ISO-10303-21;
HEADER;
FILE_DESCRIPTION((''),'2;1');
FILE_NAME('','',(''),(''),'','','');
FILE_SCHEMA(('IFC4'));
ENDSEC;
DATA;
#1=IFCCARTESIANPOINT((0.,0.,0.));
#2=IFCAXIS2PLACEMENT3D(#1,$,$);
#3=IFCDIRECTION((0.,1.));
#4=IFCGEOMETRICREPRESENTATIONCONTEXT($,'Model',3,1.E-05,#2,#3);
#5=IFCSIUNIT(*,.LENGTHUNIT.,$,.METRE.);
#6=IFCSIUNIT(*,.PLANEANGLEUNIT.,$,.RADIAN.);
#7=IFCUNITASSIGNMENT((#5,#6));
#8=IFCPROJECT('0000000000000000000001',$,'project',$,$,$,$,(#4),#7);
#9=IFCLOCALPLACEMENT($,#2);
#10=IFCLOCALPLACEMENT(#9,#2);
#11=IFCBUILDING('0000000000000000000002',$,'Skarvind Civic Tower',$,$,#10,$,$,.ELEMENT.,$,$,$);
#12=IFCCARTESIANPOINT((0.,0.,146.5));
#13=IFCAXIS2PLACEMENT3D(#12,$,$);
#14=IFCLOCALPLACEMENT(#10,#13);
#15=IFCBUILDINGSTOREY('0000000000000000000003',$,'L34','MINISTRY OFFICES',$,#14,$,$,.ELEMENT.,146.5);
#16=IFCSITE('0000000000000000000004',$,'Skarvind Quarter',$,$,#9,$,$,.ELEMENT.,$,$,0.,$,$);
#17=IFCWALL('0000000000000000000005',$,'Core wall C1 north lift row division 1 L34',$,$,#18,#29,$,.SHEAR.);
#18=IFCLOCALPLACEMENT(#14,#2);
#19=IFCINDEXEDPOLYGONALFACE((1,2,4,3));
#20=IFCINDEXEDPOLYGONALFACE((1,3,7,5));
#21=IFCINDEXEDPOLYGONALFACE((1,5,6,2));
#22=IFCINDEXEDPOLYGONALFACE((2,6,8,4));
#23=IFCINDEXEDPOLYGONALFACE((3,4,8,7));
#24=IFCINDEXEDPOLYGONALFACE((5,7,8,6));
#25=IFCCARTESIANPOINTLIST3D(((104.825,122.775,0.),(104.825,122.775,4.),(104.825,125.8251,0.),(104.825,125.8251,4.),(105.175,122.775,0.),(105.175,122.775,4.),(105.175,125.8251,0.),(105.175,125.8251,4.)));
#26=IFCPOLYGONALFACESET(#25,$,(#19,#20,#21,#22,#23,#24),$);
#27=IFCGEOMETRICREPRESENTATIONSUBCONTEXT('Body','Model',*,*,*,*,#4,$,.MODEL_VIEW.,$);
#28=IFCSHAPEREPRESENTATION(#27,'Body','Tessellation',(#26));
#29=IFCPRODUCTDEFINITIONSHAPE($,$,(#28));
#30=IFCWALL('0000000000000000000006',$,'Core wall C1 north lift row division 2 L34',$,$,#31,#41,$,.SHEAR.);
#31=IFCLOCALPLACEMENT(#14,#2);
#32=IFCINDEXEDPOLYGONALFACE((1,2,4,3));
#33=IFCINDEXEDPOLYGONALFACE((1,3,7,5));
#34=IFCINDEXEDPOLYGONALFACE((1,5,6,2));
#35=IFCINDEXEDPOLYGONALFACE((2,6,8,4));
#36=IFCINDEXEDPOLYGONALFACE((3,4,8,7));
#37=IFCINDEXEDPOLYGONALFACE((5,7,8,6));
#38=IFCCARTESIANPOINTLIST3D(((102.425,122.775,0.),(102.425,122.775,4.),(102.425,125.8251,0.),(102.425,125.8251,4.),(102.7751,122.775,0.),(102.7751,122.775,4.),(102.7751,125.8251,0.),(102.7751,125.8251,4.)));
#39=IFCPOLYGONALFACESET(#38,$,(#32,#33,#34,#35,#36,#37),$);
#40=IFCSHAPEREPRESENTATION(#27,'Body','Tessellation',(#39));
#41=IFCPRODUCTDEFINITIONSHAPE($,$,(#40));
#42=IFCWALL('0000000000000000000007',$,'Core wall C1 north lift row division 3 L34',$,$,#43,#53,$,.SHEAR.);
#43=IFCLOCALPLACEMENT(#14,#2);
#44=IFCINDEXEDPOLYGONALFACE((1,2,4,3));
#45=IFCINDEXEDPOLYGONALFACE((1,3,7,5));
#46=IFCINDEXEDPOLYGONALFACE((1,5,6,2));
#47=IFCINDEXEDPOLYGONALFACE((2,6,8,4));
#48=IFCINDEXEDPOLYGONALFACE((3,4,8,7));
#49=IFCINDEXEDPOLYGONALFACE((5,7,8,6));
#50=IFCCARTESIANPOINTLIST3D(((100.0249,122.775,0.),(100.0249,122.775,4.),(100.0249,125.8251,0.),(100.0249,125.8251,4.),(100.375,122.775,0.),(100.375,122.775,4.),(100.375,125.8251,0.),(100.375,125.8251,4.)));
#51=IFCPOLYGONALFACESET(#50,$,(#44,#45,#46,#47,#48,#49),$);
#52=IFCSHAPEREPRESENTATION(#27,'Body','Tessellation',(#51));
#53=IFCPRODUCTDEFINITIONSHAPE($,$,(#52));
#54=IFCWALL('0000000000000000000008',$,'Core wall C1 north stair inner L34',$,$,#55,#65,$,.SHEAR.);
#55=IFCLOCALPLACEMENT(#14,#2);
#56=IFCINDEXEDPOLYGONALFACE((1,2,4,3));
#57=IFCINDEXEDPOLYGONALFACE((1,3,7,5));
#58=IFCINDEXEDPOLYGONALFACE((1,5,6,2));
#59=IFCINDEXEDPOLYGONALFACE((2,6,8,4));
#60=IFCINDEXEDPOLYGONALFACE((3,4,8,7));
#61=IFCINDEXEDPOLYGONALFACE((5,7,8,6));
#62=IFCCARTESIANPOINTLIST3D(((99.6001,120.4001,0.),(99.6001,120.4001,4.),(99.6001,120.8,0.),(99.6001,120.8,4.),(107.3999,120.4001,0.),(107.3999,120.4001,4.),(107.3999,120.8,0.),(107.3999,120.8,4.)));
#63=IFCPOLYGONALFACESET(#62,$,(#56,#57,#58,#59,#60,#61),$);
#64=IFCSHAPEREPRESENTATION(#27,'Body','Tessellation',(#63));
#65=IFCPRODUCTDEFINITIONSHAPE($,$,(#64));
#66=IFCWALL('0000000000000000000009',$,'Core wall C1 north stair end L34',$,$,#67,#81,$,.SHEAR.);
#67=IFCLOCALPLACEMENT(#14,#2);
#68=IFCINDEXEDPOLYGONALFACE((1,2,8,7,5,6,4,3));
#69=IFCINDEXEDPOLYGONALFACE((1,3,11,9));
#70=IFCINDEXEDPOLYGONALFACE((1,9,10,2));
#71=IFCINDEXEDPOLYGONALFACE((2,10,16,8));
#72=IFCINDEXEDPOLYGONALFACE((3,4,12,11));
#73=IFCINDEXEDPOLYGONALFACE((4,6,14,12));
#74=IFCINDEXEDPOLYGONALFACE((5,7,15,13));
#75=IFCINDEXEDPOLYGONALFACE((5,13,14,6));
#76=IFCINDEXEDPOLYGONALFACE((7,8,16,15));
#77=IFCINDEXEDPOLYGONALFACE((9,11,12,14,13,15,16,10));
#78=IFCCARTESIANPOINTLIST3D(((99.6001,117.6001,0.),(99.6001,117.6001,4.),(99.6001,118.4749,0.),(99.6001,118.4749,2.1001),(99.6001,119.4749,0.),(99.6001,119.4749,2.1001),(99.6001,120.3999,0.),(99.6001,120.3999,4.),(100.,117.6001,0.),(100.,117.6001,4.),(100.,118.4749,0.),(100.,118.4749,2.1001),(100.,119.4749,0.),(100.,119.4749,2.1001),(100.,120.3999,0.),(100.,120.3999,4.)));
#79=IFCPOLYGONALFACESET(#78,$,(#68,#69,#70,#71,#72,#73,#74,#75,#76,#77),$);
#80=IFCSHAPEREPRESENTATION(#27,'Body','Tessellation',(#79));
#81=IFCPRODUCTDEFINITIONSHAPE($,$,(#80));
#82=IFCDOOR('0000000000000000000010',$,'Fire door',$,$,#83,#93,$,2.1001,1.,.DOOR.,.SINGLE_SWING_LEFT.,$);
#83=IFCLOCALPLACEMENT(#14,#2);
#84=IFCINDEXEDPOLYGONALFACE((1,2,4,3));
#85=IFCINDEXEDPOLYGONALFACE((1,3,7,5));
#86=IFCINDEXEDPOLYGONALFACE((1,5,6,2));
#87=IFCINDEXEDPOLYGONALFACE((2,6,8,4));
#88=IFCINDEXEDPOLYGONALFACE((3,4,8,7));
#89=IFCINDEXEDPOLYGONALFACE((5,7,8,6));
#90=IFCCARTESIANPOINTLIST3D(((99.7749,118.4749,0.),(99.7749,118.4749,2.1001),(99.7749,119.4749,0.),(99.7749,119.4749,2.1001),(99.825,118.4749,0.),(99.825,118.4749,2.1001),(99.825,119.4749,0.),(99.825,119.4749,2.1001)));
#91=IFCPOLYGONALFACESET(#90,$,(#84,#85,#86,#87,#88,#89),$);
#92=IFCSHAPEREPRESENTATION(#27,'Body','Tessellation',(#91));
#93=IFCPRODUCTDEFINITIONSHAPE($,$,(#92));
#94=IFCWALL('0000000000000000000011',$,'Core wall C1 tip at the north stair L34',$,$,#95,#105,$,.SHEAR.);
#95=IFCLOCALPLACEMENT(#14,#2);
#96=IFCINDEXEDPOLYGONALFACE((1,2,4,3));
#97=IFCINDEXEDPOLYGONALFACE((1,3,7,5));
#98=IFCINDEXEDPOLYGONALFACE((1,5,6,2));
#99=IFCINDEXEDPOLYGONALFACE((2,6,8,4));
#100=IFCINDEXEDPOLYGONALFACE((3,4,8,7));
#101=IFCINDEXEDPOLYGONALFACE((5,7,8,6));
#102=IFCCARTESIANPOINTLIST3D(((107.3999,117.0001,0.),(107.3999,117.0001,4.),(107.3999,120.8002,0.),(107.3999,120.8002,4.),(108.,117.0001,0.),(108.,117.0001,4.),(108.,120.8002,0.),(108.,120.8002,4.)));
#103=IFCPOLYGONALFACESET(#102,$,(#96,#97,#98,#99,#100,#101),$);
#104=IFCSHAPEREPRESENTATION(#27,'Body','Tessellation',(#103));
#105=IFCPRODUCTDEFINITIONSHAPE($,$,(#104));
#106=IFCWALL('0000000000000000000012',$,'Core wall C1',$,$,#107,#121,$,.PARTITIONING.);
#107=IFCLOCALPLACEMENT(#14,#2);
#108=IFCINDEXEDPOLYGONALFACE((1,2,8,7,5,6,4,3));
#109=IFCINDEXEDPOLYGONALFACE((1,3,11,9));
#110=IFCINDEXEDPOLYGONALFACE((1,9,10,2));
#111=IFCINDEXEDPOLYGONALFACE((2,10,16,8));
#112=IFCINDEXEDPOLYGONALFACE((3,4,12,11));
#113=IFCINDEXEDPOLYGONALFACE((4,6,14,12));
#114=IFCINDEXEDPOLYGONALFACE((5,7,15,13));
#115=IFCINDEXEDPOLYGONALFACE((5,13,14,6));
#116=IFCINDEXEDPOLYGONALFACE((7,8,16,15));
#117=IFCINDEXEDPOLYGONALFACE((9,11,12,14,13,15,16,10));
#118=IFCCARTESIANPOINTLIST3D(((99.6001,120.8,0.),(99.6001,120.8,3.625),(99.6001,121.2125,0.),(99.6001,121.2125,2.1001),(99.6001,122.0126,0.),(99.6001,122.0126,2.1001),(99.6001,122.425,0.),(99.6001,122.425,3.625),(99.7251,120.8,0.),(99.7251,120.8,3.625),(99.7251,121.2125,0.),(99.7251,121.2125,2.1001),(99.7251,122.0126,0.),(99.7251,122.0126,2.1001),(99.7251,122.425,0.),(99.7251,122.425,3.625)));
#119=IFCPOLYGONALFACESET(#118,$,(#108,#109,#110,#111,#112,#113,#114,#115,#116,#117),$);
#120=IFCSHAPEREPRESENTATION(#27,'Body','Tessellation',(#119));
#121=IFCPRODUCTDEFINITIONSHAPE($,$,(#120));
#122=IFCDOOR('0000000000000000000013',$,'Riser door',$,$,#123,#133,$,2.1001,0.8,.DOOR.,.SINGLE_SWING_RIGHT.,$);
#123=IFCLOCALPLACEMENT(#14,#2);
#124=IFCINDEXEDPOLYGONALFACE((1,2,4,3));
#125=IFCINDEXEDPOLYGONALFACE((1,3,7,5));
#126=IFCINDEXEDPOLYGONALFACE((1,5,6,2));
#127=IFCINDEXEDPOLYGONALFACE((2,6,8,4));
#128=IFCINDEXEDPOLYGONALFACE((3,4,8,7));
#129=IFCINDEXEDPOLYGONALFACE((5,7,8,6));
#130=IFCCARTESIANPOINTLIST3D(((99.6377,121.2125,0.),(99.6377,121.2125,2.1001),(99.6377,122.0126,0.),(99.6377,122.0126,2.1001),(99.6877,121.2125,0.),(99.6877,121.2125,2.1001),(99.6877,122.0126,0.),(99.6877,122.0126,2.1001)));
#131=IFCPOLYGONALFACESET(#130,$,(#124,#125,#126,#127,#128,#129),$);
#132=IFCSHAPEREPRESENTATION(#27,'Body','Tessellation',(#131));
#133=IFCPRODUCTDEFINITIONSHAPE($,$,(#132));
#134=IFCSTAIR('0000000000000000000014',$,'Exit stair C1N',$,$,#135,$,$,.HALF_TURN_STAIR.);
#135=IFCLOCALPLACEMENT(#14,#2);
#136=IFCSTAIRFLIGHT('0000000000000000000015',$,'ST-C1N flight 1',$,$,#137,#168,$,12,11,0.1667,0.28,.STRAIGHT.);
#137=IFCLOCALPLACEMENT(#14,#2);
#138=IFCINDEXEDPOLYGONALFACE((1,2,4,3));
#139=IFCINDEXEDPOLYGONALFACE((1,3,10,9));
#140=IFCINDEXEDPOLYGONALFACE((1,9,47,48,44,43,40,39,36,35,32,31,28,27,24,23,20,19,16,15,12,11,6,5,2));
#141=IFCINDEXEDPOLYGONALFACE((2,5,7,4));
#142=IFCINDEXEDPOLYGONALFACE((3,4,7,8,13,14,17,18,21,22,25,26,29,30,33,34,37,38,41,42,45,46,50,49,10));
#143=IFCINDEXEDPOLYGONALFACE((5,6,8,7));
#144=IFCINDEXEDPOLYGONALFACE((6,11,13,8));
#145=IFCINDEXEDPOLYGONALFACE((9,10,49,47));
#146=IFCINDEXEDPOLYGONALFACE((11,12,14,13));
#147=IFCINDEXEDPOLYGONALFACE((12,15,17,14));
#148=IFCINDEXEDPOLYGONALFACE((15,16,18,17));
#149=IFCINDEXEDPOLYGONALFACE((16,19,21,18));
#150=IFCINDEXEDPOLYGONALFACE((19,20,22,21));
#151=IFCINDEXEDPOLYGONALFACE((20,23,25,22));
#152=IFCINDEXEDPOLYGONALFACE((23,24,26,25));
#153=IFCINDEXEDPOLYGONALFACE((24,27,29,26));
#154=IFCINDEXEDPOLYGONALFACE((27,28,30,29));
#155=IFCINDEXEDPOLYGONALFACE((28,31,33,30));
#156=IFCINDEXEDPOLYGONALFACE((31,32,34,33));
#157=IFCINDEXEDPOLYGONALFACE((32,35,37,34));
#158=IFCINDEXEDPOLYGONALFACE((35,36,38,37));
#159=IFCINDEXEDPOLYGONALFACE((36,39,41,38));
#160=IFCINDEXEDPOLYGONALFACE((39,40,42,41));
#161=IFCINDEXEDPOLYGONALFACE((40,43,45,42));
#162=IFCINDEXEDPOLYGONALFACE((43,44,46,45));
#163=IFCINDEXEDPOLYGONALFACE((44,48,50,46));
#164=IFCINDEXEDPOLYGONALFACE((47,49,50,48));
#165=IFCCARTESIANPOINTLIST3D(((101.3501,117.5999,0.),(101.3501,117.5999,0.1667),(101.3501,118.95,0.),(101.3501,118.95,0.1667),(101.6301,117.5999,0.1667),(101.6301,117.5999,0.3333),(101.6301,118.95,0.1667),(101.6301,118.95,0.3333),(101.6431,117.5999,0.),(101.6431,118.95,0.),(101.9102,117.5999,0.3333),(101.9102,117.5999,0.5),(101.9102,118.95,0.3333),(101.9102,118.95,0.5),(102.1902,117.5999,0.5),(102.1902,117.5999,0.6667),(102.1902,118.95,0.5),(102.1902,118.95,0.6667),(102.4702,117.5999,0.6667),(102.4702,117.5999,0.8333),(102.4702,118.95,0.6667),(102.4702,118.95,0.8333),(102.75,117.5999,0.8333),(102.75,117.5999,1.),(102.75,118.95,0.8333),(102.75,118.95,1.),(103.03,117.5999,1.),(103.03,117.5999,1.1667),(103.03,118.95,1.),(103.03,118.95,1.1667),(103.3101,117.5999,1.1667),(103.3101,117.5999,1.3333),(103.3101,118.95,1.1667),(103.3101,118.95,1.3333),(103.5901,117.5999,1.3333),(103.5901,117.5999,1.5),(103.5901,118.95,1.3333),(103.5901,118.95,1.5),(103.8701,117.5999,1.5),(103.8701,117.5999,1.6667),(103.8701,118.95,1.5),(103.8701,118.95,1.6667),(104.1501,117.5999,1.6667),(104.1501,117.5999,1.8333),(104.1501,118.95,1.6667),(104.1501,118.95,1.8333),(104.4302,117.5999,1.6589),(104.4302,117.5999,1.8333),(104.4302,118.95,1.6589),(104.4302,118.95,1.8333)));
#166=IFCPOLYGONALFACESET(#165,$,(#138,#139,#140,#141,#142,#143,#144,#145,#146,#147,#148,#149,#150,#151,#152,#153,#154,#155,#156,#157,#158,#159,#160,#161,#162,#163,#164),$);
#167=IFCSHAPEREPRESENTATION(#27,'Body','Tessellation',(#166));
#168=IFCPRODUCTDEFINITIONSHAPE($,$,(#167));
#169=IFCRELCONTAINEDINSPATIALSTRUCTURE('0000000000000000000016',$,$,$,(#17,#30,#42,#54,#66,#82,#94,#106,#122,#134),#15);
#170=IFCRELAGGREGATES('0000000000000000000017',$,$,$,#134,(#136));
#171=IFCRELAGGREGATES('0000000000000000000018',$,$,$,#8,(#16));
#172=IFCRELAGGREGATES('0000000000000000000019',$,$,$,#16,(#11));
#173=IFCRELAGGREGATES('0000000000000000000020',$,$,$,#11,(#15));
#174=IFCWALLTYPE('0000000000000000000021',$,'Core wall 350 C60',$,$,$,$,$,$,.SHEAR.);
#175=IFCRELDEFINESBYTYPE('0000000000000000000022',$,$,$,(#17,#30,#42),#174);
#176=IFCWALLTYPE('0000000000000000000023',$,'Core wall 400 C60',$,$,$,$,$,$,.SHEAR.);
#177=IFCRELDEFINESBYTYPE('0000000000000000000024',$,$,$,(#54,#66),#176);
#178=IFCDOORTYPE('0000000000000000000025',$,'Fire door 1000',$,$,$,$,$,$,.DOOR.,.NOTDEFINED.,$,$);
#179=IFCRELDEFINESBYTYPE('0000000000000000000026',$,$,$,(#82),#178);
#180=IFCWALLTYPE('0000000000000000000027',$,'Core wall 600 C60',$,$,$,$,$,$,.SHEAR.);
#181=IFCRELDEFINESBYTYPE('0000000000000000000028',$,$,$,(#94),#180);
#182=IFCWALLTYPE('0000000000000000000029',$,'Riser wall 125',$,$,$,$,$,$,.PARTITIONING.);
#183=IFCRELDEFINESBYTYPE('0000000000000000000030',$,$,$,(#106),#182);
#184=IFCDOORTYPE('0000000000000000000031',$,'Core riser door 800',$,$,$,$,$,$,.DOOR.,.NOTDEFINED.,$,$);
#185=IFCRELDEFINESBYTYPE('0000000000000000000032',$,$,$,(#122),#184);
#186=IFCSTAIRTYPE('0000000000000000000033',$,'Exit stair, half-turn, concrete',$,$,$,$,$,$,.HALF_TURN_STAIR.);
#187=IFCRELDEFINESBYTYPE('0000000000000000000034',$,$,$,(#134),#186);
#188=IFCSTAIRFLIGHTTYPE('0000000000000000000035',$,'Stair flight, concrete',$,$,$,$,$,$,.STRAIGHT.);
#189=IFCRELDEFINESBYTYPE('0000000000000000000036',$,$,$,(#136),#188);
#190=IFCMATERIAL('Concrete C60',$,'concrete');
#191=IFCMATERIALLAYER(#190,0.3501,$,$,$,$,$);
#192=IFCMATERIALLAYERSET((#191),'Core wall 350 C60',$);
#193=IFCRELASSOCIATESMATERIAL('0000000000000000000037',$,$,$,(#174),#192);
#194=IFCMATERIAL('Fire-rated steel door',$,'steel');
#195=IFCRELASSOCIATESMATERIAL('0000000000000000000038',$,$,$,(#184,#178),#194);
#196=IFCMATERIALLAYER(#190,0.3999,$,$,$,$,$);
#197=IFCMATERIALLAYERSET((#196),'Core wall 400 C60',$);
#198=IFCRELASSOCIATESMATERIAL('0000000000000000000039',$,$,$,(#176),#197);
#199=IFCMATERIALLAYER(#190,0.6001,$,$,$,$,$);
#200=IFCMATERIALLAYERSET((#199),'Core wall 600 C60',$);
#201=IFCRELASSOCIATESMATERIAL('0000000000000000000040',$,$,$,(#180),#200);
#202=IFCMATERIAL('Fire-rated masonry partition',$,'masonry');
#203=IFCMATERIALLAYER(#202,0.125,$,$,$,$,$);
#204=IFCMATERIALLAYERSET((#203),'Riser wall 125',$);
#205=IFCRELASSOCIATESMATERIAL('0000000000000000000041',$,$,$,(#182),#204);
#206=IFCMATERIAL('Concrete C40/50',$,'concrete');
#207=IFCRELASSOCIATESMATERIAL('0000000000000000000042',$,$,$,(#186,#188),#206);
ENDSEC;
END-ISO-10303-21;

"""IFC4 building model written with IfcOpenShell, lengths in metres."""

from ifc_helpers import new_model, si_unit, direction, frame, frame_2d, origin, place, context, subcontext, project, spatial, polyline, rectangle, outline, extrude, material, layer, layer_set, type_object, element, fill, aggregate, save


model = new_model("IFC4")

# Units and contexts
model_context = context("Model", 3, precision=1e-05, world=origin(), true_north=direction((0.0, 1.0)))
body_context = subcontext(model_context, "Body", "Model", "MODEL_VIEW")
ifc_project = project(units=[si_unit("LENGTHUNIT", "METRE"), si_unit("PLANEANGLEUNIT", "RADIAN")], contexts=[model_context])

# Site, building, storey
site_placement = place(None, origin())
site = spatial("IfcSite", under=ifc_project, at=site_placement, Name="Skarvind Quarter", CompositionType="ELEMENT", RefElevation=0.0)
building_placement = place(site_placement, origin())
building = spatial("IfcBuilding", under=site, at=building_placement, Name="Skarvind Civic Tower", CompositionType="ELEMENT")
storey_placement = place(building_placement, frame((0.0, 0.0, 146.5)))
storey = spatial("IfcBuildingStorey", under=building, at=storey_placement, Name="L34", Description="MINISTRY OFFICES", CompositionType="ELEMENT", Elevation=146.5)

# Shared definitions
ifc_material_1 = material(Name="Concrete C60", Category="concrete")
ifc_layer_1 = layer(ifc_material_1, 0.3501)
ifc_layer_set_1 = layer_set([ifc_layer_1], Name="Core wall 350 C60")
wall_type_1 = type_object("IfcWallType", Name="Core wall 350 C60", PredefinedType="SHEAR", material=ifc_layer_set_1)
ifc_material_2 = material(Name="Fire-rated steel door", Category="steel")
door_type_1 = type_object("IfcDoorType", Name="Core riser door 800", OperationType="NOTDEFINED", PredefinedType="DOOR", material=ifc_material_2)

# Walls
for number, where, z_axis, x_axis, name in (
    (1, (105.0, 125.825, 0.0), (0.0, 0.0, 1.0), (0.0, -1.0, 0.0), "Core wall C1 north lift row division 1 L34"),
    (2, (102.6001, 125.825, 0.0), (0.0, 0.0, 1.0), (0.0, -1.0, 0.0), "Core wall C1 north lift row division 2 L34"),
    (3, (100.2, 125.825, 0.0), (0.0, 0.0, 1.0), (0.0, -1.0, 0.0), "Core wall C1 north lift row division 3 L34"),
):
    element("IfcWall", number, at=place(storey_placement, frame(where, z_axis=z_axis, x_axis=x_axis)), inside=storey, type_object=wall_type_1, Name=name, PredefinedType="SHEAR", context=body_context, shape_type="SweptSolid", body=[
        extrude(rectangle(XDim=3.05, YDim=0.3501, at=frame_2d((1.5249, 0.0))), origin(), (0.0, 0.0, 1.0), 4.0),
    ])
ifc_layer_2 = layer(ifc_material_1, 0.3999)
ifc_layer_set_2 = layer_set([ifc_layer_2], Name="Core wall 400 C60")
wall_type_2 = type_object("IfcWallType", Name="Core wall 400 C60", PredefinedType="SHEAR", material=ifc_layer_set_2)
wall_1_placement = place(storey_placement, frame((107.3999, 120.6001, 0.0), z_axis=(0.0, 0.0, 1.0), x_axis=(-1.0, 0.0, 0.0)))
element("IfcWall", 4, at=wall_1_placement, inside=storey, type_object=wall_type_2, Name="Core wall C1 north stair inner L34", PredefinedType="SHEAR", context=body_context, shape_type="SweptSolid", body=[
    extrude(rectangle(XDim=7.7998, YDim=0.3999, at=frame_2d((3.8999, 0.0))), origin(), (0.0, 0.0, 1.0), 4.0),
])

# Wall, opening, door
wall_2_placement = place(storey_placement, frame((99.8, 120.3999, 0.0), z_axis=(0.0, 0.0, 1.0), x_axis=(0.0, -1.0, 0.0)))
wall_2 = element("IfcWall", 5, at=wall_2_placement, inside=storey, type_object=wall_type_2, Name="Core wall C1 north stair end L34", PredefinedType="SHEAR", context=body_context, shape_type="SweptSolid", body=[
    extrude(rectangle(XDim=2.7998, YDim=0.3999, at=frame_2d((1.3999, 0.0))), origin(), (0.0, 0.0, 1.0), 4.0),
])
opening_1_placement = place(wall_2_placement, frame((0.925, 0.0, 0.0)))
opening_1 = element("IfcOpeningElement", 6, at=opening_1_placement, cuts=wall_2, PredefinedType="OPENING", context=body_context, shape_type="SweptSolid", body=[
    extrude(rectangle(XDim=1.0, YDim=2.1001, at=frame_2d((0.5, 1.05))), frame((0.0, 0.21, 0.0), z_axis=(0.0, -1.0, 0.0), x_axis=(1.0, 0.0, 0.0)), (0.0, 0.0, 1.0), 0.4199),
])
door_type_2 = type_object("IfcDoorType", Name="Fire door 1000", OperationType="NOTDEFINED", PredefinedType="DOOR", material=ifc_material_2)
door_1_placement = place(opening_1_placement, origin())
door_1 = element("IfcDoor", 7, at=door_1_placement, inside=storey, type_object=door_type_2, Name="Fire door", OperationType="SINGLE_SWING_LEFT", OverallHeight=2.1001, OverallWidth=1.0, PredefinedType="DOOR", context=body_context, shape_type="SweptSolid", body=[
    extrude(rectangle(XDim=1.0, YDim=2.1001, at=frame_2d((0.5, 1.05))), frame((0.0, 0.0249, 0.0), z_axis=(0.0, -1.0, 0.0), x_axis=(1.0, 0.0, 0.0)), (0.0, 0.0, 1.0), 0.05),
])
fill(opening_1, door_1)

# Wall
ifc_layer_3 = layer(ifc_material_1, 0.6001)
ifc_layer_set_3 = layer_set([ifc_layer_3], Name="Core wall 600 C60")
wall_type_3 = type_object("IfcWallType", Name="Core wall 600 C60", PredefinedType="SHEAR", material=ifc_layer_set_3)
wall_3_placement = place(storey_placement, frame((107.7, 120.8, 0.0), z_axis=(0.0, 0.0, 1.0), x_axis=(0.0, -1.0, 0.0)))
element("IfcWall", 8, at=wall_3_placement, inside=storey, type_object=wall_type_3, Name="Core wall C1 tip at the north stair L34", PredefinedType="SHEAR", context=body_context, shape_type="SweptSolid", body=[
    extrude(rectangle(XDim=3.8, YDim=0.6001, at=frame_2d((1.8999, 0.0))), origin(), (0.0, 0.0, 1.0), 4.0),
])

# Wall, opening, door
ifc_material_3 = material(Name="Fire-rated masonry partition", Category="masonry")
ifc_layer_4 = layer(ifc_material_3, 0.125)
ifc_layer_set_4 = layer_set([ifc_layer_4], Name="Riser wall 125")
wall_type_4 = type_object("IfcWallType", Name="Riser wall 125", PredefinedType="PARTITIONING", material=ifc_layer_set_4)
wall_4_placement = place(storey_placement, frame((99.6626, 120.8, 0.0), z_axis=(0.0, 0.0, 1.0), x_axis=(0.0, 1.0, 0.0)))
wall_4 = element("IfcWall", 9, at=wall_4_placement, inside=storey, type_object=wall_type_4, Name="Core wall C1", PredefinedType="PARTITIONING", context=body_context, shape_type="SweptSolid", body=[
    extrude(rectangle(XDim=1.625, YDim=0.125, at=frame_2d((0.8125, 0.0))), origin(), (0.0, 0.0, 1.0), 3.625),
])
opening_2_placement = place(wall_4_placement, frame((0.4126, 0.0, 0.0)))
opening_2 = element("IfcOpeningElement", 10, at=opening_2_placement, cuts=wall_4, PredefinedType="OPENING", context=body_context, shape_type="SweptSolid", body=[
    extrude(rectangle(XDim=0.8, YDim=2.1001, at=frame_2d((0.3999, 1.05))), frame((0.0, 0.0725, 0.0), z_axis=(0.0, -1.0, 0.0), x_axis=(1.0, 0.0, 0.0)), (0.0, 0.0, 1.0), 0.145),
])
door_2_placement = place(opening_2_placement, origin())
door_2 = element("IfcDoor", 11, at=door_2_placement, inside=storey, type_object=door_type_1, Name="Riser door", OperationType="SINGLE_SWING_RIGHT", OverallHeight=2.1001, OverallWidth=0.8, PredefinedType="DOOR", context=body_context, shape_type="SweptSolid", body=[
    extrude(rectangle(XDim=0.8, YDim=2.1001, at=frame_2d((0.3999, 1.05))), frame((0.0, 0.0249, 0.0), z_axis=(0.0, -1.0, 0.0), x_axis=(1.0, 0.0, 0.0)), (0.0, 0.0, 1.0), 0.05),
])
fill(opening_2, door_2)

# Stair, stair flight
ifc_material_4 = material(Name="Concrete C40/50", Category="concrete")
stair_type = type_object("IfcStairType", Name="Exit stair, half-turn, concrete", PredefinedType="HALF_TURN_STAIR", material=ifc_material_4)
stair_placement = place(storey_placement, origin())
stair = element("IfcStair", 12, at=stair_placement, inside=storey, type_object=stair_type, Name="Exit stair C1N", PredefinedType="HALF_TURN_STAIR")
stair_flight_type = type_object("IfcStairFlightType", Name="Stair flight, concrete", PredefinedType="STRAIGHT", material=ifc_material_4)
stair_flight_1_placement = place(storey_placement, frame((101.3501, 118.2749, 0.0), z_axis=(0.0, 0.0, 1.0), x_axis=(1.0, 0.0, 0.0)))
stair_flight_1 = element("IfcStairFlight", 13, at=stair_flight_1_placement, type_object=stair_flight_type, Name="ST-C1N flight 1", NumberOfRisers=12, NumberOfTreads=11, PredefinedType="STRAIGHT", RiserHeight=0.1667, TreadLength=0.28, context=body_context, shape_type="SweptSolid", body=[
    extrude(outline(polyline([(0.0, 0.0), (0.0, 0.1667), (0.28, 0.1667), (0.28, 0.3333), (0.5601, 0.3333), (0.5601, 0.5), (0.8401, 0.5), (0.8401, 0.6667), (1.1201, 0.6667), (1.1201, 0.8333), (1.3999, 0.8333), (1.3999, 1.0), (1.6799, 1.0), (1.6799, 1.1667), (1.96, 1.1667), (1.96, 1.3333), (2.24, 1.3333), (2.24, 1.5), (2.52, 1.5), (2.52, 1.6667), (2.8, 1.6667), (2.8, 1.8333), (3.0801, 1.8333), (3.0801, 2.0), (3.0801, 1.6589), (0.293, 0.0), (0.0, 0.0)])), frame((0.0, 0.675, 0.0), z_axis=(0.0, -1.0, 0.0), x_axis=(1.0, 0.0, 0.0)), (0.0, 0.0, 1.0), 1.3501),
])
aggregate(stair, [stair_flight_1])

save(model, "model.ifc")
